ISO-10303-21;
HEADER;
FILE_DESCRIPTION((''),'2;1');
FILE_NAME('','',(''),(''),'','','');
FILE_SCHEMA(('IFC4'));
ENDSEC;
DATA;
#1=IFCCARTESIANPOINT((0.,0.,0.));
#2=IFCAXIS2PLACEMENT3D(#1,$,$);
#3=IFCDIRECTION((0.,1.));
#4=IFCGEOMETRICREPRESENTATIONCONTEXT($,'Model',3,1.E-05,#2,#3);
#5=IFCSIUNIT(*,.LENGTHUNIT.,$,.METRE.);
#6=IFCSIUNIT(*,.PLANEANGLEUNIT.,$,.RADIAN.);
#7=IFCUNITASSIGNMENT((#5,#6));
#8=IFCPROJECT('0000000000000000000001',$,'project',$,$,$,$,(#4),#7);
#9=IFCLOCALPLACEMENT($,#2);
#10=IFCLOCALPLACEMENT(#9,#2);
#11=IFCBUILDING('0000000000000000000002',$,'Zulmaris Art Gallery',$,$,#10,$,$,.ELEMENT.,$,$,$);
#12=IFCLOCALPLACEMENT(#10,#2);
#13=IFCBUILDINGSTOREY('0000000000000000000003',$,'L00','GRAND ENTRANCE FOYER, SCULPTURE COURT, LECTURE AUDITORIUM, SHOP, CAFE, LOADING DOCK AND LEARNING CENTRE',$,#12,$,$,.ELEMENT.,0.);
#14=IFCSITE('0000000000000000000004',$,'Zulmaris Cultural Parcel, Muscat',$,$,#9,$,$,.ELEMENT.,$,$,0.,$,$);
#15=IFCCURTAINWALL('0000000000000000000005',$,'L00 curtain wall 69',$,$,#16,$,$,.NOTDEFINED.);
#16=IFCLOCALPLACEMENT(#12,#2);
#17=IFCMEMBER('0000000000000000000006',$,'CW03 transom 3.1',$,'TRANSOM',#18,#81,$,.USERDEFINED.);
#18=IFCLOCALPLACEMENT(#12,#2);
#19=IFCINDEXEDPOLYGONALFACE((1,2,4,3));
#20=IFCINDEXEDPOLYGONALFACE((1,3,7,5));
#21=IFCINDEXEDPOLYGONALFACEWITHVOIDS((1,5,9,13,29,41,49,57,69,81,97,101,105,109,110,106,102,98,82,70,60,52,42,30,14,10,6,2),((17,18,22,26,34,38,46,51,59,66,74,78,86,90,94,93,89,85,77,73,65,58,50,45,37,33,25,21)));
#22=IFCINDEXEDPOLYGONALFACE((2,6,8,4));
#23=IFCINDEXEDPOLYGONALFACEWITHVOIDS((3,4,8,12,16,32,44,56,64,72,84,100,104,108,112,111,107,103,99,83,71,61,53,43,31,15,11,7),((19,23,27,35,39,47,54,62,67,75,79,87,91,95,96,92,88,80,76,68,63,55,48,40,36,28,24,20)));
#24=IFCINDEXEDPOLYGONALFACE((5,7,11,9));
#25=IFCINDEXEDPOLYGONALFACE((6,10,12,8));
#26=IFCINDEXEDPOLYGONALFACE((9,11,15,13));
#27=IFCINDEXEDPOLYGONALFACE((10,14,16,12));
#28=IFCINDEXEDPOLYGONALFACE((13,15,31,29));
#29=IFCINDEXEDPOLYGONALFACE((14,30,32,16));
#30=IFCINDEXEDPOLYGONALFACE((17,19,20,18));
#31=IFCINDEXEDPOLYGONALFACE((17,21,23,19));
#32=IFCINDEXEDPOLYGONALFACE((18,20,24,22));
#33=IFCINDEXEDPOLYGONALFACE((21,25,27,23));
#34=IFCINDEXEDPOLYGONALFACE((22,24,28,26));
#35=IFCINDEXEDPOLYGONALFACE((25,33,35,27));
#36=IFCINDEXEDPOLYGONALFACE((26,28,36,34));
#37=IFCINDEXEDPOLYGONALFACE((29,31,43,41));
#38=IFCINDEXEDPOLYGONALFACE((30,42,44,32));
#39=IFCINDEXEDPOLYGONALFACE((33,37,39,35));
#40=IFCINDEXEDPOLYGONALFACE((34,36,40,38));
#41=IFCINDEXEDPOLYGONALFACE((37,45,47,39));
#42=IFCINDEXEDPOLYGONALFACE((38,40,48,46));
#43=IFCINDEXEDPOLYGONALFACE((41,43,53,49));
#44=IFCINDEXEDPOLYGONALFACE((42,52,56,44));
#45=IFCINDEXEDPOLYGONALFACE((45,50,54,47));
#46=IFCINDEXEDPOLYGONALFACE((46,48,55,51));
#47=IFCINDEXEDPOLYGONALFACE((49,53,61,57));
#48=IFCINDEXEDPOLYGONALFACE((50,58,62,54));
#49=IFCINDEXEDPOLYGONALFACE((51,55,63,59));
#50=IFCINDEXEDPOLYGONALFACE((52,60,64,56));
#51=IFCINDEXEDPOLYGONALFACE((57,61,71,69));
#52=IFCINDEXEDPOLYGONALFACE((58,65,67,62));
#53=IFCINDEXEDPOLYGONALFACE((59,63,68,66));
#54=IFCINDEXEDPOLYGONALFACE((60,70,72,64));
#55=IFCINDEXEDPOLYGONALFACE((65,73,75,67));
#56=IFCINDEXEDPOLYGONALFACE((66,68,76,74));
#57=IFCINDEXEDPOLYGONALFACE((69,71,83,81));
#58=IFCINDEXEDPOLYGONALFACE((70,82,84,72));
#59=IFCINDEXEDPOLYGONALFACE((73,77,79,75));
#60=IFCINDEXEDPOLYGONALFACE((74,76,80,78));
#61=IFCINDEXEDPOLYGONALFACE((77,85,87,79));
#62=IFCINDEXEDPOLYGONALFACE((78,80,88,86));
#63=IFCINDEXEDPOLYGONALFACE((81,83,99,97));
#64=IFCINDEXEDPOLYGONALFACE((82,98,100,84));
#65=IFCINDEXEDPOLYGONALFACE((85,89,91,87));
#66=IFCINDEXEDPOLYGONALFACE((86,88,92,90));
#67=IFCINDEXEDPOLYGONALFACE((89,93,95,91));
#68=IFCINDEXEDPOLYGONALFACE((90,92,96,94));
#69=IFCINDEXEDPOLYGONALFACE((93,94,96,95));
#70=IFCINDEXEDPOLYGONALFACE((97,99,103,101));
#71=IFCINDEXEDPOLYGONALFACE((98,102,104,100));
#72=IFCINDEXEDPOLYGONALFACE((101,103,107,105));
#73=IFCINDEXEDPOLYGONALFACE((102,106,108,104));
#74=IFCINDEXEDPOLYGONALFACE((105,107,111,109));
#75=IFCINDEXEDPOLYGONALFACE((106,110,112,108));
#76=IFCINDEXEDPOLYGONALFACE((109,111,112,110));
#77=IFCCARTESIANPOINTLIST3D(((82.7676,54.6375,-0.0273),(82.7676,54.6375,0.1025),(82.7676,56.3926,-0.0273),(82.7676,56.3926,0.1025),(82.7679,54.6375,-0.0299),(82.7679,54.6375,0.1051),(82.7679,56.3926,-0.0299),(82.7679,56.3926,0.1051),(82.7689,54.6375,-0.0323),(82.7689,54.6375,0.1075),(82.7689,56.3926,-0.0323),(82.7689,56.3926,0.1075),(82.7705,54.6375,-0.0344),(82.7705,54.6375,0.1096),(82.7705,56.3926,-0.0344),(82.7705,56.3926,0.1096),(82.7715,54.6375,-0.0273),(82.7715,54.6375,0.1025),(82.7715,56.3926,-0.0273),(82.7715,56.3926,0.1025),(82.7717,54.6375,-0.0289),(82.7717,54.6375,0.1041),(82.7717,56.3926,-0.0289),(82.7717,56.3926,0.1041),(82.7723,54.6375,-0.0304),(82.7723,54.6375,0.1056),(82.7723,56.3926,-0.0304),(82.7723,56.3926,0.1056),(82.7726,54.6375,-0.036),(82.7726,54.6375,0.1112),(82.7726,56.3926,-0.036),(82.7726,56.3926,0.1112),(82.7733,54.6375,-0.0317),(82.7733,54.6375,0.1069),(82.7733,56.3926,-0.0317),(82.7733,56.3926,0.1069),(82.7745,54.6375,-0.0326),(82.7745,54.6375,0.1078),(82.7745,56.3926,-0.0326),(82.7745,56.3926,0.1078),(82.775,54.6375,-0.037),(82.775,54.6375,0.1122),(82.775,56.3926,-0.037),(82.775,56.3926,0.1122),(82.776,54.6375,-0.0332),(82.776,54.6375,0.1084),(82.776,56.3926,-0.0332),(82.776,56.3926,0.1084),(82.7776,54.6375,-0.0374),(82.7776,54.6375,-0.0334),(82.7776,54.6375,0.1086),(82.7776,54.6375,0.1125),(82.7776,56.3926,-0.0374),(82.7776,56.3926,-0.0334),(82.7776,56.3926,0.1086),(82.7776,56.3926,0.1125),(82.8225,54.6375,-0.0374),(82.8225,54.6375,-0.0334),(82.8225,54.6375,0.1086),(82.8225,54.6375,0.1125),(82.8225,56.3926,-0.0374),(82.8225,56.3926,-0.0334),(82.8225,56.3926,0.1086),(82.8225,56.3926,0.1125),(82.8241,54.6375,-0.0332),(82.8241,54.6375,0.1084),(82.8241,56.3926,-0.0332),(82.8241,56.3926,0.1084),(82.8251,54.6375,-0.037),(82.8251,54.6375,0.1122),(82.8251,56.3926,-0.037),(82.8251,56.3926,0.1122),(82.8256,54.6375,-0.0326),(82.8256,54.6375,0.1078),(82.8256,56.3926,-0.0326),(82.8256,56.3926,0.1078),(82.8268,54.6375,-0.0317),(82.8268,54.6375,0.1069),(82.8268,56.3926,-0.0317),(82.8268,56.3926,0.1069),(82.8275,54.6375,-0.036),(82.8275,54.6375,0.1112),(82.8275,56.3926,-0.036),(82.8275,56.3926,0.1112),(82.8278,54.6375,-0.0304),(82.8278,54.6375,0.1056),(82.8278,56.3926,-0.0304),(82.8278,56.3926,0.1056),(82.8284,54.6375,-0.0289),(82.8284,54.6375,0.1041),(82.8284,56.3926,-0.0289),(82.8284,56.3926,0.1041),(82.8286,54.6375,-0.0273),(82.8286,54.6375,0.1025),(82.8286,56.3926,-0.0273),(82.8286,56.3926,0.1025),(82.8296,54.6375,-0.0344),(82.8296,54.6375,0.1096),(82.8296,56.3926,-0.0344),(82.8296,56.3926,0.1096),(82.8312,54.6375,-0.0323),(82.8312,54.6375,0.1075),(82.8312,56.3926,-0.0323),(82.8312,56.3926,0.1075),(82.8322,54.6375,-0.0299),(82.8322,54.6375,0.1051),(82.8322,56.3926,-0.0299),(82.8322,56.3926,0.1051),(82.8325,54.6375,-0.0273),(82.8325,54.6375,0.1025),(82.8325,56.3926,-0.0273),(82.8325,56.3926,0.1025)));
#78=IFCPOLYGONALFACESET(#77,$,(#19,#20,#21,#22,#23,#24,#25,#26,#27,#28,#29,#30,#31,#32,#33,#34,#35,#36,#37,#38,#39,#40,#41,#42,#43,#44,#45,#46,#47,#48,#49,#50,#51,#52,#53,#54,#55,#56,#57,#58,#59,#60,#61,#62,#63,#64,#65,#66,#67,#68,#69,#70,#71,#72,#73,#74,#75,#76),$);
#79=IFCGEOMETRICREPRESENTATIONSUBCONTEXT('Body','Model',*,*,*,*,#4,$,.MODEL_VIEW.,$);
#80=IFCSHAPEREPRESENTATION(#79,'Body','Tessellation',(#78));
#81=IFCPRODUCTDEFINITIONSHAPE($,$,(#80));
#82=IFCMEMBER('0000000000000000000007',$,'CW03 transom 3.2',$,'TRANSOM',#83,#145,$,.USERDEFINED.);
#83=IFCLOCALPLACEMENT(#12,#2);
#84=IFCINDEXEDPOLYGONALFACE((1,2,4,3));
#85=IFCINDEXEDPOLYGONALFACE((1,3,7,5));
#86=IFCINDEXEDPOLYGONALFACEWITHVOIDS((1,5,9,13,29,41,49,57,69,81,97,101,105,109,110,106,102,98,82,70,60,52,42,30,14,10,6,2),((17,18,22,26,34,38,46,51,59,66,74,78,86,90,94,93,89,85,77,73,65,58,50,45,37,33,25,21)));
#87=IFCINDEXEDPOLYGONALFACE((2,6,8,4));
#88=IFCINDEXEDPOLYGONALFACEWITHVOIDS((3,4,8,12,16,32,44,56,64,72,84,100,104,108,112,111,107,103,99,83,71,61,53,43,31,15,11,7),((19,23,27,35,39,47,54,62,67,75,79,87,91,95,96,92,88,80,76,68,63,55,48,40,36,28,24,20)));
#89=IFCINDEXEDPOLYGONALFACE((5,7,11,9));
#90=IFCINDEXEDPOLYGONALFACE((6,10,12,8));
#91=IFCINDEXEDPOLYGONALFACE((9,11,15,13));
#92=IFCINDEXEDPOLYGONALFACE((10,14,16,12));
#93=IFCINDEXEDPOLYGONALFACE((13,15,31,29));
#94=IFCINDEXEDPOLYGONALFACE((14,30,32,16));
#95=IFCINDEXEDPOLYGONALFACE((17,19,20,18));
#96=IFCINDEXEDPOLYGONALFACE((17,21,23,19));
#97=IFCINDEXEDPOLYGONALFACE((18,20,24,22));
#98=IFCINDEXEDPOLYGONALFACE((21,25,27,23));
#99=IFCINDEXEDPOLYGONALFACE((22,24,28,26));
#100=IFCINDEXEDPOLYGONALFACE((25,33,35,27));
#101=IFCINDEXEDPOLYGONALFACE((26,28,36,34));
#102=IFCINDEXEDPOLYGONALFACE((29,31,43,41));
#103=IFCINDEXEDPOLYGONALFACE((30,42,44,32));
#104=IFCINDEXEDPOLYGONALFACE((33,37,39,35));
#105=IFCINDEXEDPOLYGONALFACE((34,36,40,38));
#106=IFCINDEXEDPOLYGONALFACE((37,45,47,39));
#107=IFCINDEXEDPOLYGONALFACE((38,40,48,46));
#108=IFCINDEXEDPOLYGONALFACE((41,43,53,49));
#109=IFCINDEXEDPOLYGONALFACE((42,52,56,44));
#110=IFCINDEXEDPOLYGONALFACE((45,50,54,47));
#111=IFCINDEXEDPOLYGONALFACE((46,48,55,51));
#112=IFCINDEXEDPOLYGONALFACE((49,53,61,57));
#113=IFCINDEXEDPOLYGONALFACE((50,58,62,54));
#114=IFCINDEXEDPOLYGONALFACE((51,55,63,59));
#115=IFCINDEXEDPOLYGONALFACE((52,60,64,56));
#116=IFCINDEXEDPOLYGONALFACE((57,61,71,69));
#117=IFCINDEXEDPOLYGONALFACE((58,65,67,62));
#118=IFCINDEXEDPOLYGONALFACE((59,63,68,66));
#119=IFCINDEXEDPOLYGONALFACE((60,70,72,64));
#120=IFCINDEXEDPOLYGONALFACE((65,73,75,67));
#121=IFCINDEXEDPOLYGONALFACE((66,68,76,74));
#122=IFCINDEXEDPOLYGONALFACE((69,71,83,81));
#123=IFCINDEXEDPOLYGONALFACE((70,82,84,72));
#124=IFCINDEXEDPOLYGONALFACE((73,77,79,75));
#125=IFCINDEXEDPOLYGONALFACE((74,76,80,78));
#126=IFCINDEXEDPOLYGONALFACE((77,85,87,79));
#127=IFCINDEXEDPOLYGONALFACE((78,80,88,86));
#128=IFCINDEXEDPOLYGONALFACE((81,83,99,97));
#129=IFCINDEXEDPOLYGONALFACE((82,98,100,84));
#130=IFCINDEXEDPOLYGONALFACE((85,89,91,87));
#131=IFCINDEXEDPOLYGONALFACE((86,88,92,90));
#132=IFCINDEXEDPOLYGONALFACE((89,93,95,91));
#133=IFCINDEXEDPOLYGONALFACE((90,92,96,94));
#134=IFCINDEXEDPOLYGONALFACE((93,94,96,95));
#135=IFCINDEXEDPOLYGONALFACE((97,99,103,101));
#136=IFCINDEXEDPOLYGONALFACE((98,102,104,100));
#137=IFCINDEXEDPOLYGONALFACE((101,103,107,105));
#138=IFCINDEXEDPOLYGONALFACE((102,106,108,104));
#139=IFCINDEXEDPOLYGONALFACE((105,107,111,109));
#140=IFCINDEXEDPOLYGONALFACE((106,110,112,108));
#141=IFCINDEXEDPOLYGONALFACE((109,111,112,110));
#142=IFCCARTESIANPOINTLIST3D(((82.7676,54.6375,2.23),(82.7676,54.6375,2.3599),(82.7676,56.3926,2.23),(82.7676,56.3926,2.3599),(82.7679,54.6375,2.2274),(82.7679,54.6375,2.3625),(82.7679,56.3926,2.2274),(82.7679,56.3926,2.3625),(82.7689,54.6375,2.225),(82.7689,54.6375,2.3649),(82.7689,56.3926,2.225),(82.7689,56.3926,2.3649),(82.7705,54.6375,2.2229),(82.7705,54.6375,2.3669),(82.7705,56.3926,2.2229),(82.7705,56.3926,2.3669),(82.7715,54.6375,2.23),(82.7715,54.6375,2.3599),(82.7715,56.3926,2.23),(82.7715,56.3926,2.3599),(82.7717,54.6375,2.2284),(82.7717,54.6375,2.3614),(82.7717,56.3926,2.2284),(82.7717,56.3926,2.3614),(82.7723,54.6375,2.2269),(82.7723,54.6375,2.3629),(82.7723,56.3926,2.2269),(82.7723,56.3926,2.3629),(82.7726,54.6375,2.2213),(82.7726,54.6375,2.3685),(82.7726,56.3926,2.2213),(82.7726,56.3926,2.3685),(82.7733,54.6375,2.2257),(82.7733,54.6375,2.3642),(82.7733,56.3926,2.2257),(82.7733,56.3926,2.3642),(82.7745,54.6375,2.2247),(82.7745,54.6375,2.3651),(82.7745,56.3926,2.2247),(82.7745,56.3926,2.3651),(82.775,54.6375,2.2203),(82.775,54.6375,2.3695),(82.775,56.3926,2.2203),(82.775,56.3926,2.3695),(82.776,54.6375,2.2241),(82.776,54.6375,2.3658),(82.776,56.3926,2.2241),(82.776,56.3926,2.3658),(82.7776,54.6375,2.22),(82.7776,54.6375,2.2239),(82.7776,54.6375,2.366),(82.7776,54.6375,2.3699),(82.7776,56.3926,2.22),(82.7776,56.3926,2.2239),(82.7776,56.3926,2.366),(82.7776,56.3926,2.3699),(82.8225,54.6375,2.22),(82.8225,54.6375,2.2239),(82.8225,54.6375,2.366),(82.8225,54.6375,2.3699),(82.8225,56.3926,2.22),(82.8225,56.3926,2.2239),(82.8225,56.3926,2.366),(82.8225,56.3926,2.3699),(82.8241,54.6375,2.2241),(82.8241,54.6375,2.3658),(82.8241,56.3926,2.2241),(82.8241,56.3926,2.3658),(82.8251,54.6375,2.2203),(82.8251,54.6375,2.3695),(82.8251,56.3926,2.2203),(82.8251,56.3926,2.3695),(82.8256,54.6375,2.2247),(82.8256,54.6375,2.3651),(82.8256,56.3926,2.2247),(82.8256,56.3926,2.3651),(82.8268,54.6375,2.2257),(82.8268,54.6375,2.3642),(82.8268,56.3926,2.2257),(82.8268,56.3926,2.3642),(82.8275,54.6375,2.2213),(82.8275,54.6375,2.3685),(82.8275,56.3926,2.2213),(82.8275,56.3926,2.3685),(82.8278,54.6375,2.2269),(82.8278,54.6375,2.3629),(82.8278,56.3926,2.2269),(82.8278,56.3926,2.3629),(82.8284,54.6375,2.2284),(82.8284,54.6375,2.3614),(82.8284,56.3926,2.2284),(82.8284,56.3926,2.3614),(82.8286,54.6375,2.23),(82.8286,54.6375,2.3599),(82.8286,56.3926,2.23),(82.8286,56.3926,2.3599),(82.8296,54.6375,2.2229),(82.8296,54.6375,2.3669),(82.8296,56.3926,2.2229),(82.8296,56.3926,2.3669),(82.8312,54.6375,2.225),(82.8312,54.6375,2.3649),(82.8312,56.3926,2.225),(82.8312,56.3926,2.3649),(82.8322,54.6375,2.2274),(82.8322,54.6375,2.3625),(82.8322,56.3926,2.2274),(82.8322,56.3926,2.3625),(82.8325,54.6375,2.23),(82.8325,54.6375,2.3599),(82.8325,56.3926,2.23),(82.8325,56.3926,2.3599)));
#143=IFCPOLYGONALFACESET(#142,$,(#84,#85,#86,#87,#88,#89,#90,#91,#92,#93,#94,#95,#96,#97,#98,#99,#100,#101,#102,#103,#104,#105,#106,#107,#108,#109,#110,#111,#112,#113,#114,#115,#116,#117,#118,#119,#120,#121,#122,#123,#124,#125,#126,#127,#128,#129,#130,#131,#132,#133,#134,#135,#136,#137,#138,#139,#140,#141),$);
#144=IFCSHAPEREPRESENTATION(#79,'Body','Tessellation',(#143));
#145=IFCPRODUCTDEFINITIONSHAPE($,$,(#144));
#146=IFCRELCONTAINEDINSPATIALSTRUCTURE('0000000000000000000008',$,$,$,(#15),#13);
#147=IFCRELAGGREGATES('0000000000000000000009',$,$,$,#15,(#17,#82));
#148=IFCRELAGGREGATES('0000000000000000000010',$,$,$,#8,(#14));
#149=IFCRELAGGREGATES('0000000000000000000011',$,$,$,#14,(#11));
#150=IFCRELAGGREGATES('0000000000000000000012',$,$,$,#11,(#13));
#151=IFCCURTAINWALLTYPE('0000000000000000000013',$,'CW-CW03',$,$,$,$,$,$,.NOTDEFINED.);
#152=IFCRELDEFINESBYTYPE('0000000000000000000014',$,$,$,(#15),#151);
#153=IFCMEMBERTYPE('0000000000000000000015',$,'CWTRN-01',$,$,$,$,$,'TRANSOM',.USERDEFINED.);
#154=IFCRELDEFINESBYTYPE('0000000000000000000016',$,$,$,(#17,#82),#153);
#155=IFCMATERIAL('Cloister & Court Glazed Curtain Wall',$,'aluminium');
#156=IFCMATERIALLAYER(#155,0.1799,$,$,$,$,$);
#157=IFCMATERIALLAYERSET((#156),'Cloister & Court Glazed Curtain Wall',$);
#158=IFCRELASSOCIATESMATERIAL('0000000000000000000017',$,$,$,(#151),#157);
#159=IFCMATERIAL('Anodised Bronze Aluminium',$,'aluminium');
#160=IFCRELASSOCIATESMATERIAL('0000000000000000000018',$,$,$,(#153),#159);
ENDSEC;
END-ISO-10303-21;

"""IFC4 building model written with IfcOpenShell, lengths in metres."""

from ifc_helpers import new_model, si_unit, direction, frame, origin, origin_2d, place, context, subcontext, project, spatial, hollow_rectangle, extrude, material, layer, layer_set, material_profile, profile_set, type_object, element, aggregate, save


model = new_model("IFC4")

# Units and contexts
model_context = context("Model", 3, precision=1e-05, world=origin(), true_north=direction((0.0, 1.0)))
body_context = subcontext(model_context, "Body", "Model", "MODEL_VIEW")
ifc_project = project(units=[si_unit("LENGTHUNIT", "METRE"), si_unit("PLANEANGLEUNIT", "RADIAN")], contexts=[model_context])

# Site, building, storey
site_placement = place(None, origin())
site = spatial("IfcSite", under=ifc_project, at=site_placement, Name="Zulmaris Cultural Parcel, Muscat", CompositionType="ELEMENT", RefElevation=0.0)
building_placement = place(site_placement, origin())
building = spatial("IfcBuilding", under=site, at=building_placement, Name="Zulmaris Art Gallery", CompositionType="ELEMENT")
storey_placement = place(building_placement, origin())
storey = spatial("IfcBuildingStorey", under=building, at=storey_placement, Name="L00", Description="GRAND ENTRANCE FOYER, SCULPTURE COURT, LECTURE AUDITORIUM, SHOP, CAFE, LOADING DOCK AND LEARNING CENTRE", CompositionType="ELEMENT", Elevation=0.0)

# Shared definitions
ifc_material_1 = material(Name="Cloister & Court Glazed Curtain Wall", Category="aluminium")
ifc_layer_1 = layer(ifc_material_1, 0.1799)
ifc_layer_set_1 = layer_set([ifc_layer_1], Name="Cloister & Court Glazed Curtain Wall")
curtain_wall_type = type_object("IfcCurtainWallType", Name="CW-CW03", PredefinedType="NOTDEFINED", material=ifc_layer_set_1)
ifc_material_2 = material(Name="Anodised Bronze Aluminium", Category="aluminium")

# Curtain wall, members
curtain_wall_1_placement = place(storey_placement, origin())
curtain_wall_1 = element("IfcCurtainWall", 1, at=curtain_wall_1_placement, inside=storey, type_object=curtain_wall_type, Name="L00 curtain wall 69", PredefinedType="NOTDEFINED")
ifc_material_profile_1 = material_profile(ifc_material_2, hollow_rectangle(XDim=0.0649, YDim=0.1499, WallThickness=0.0039, InnerFilletRadius=0.0061, OuterFilletRadius=0.01, at=origin_2d()), Name="ALU 65x150x4")
ifc_profile_set_1 = profile_set([ifc_material_profile_1], Name="Anodised Bronze Aluminium")
member_type_1 = type_object("IfcMemberType", Name="CWTRN-01", ElementType="TRANSOM", PredefinedType="USERDEFINED", material=ifc_profile_set_1)
member_1_placement = place(storey_placement, frame((82.8, 54.6375, 0.0376), z_axis=(0.0, 1.0, 0.0), x_axis=(-1.0, 0.0, 0.0)))
member_1 = element("IfcMember", 2, at=member_1_placement, type_object=member_type_1, Name="CW03 transom 3.1", ObjectType="TRANSOM", PredefinedType="USERDEFINED", context=body_context, shape_type="SweptSolid", body=[
    extrude(hollow_rectangle(XDim=0.0649, YDim=0.1499, WallThickness=0.0039, InnerFilletRadius=0.0061, OuterFilletRadius=0.01, at=origin_2d()), origin(), (0.0, 0.0, 1.0), 1.7551),
])
member_2_placement = place(storey_placement, frame((82.8, 54.6375, 2.2949), z_axis=(0.0, 1.0, 0.0), x_axis=(-1.0, 0.0, 0.0)))
member_2 = element("IfcMember", 3, at=member_2_placement, type_object=member_type_1, Name="CW03 transom 3.2", ObjectType="TRANSOM", PredefinedType="USERDEFINED", context=body_context, shape_type="SweptSolid", body=[
    extrude(hollow_rectangle(XDim=0.0649, YDim=0.1499, WallThickness=0.0039, InnerFilletRadius=0.0061, OuterFilletRadius=0.01, at=origin_2d()), origin(), (0.0, 0.0, 1.0), 1.7551),
])

aggregate(curtain_wall_1, [member_1, member_2])

save(model, "model.ifc")
